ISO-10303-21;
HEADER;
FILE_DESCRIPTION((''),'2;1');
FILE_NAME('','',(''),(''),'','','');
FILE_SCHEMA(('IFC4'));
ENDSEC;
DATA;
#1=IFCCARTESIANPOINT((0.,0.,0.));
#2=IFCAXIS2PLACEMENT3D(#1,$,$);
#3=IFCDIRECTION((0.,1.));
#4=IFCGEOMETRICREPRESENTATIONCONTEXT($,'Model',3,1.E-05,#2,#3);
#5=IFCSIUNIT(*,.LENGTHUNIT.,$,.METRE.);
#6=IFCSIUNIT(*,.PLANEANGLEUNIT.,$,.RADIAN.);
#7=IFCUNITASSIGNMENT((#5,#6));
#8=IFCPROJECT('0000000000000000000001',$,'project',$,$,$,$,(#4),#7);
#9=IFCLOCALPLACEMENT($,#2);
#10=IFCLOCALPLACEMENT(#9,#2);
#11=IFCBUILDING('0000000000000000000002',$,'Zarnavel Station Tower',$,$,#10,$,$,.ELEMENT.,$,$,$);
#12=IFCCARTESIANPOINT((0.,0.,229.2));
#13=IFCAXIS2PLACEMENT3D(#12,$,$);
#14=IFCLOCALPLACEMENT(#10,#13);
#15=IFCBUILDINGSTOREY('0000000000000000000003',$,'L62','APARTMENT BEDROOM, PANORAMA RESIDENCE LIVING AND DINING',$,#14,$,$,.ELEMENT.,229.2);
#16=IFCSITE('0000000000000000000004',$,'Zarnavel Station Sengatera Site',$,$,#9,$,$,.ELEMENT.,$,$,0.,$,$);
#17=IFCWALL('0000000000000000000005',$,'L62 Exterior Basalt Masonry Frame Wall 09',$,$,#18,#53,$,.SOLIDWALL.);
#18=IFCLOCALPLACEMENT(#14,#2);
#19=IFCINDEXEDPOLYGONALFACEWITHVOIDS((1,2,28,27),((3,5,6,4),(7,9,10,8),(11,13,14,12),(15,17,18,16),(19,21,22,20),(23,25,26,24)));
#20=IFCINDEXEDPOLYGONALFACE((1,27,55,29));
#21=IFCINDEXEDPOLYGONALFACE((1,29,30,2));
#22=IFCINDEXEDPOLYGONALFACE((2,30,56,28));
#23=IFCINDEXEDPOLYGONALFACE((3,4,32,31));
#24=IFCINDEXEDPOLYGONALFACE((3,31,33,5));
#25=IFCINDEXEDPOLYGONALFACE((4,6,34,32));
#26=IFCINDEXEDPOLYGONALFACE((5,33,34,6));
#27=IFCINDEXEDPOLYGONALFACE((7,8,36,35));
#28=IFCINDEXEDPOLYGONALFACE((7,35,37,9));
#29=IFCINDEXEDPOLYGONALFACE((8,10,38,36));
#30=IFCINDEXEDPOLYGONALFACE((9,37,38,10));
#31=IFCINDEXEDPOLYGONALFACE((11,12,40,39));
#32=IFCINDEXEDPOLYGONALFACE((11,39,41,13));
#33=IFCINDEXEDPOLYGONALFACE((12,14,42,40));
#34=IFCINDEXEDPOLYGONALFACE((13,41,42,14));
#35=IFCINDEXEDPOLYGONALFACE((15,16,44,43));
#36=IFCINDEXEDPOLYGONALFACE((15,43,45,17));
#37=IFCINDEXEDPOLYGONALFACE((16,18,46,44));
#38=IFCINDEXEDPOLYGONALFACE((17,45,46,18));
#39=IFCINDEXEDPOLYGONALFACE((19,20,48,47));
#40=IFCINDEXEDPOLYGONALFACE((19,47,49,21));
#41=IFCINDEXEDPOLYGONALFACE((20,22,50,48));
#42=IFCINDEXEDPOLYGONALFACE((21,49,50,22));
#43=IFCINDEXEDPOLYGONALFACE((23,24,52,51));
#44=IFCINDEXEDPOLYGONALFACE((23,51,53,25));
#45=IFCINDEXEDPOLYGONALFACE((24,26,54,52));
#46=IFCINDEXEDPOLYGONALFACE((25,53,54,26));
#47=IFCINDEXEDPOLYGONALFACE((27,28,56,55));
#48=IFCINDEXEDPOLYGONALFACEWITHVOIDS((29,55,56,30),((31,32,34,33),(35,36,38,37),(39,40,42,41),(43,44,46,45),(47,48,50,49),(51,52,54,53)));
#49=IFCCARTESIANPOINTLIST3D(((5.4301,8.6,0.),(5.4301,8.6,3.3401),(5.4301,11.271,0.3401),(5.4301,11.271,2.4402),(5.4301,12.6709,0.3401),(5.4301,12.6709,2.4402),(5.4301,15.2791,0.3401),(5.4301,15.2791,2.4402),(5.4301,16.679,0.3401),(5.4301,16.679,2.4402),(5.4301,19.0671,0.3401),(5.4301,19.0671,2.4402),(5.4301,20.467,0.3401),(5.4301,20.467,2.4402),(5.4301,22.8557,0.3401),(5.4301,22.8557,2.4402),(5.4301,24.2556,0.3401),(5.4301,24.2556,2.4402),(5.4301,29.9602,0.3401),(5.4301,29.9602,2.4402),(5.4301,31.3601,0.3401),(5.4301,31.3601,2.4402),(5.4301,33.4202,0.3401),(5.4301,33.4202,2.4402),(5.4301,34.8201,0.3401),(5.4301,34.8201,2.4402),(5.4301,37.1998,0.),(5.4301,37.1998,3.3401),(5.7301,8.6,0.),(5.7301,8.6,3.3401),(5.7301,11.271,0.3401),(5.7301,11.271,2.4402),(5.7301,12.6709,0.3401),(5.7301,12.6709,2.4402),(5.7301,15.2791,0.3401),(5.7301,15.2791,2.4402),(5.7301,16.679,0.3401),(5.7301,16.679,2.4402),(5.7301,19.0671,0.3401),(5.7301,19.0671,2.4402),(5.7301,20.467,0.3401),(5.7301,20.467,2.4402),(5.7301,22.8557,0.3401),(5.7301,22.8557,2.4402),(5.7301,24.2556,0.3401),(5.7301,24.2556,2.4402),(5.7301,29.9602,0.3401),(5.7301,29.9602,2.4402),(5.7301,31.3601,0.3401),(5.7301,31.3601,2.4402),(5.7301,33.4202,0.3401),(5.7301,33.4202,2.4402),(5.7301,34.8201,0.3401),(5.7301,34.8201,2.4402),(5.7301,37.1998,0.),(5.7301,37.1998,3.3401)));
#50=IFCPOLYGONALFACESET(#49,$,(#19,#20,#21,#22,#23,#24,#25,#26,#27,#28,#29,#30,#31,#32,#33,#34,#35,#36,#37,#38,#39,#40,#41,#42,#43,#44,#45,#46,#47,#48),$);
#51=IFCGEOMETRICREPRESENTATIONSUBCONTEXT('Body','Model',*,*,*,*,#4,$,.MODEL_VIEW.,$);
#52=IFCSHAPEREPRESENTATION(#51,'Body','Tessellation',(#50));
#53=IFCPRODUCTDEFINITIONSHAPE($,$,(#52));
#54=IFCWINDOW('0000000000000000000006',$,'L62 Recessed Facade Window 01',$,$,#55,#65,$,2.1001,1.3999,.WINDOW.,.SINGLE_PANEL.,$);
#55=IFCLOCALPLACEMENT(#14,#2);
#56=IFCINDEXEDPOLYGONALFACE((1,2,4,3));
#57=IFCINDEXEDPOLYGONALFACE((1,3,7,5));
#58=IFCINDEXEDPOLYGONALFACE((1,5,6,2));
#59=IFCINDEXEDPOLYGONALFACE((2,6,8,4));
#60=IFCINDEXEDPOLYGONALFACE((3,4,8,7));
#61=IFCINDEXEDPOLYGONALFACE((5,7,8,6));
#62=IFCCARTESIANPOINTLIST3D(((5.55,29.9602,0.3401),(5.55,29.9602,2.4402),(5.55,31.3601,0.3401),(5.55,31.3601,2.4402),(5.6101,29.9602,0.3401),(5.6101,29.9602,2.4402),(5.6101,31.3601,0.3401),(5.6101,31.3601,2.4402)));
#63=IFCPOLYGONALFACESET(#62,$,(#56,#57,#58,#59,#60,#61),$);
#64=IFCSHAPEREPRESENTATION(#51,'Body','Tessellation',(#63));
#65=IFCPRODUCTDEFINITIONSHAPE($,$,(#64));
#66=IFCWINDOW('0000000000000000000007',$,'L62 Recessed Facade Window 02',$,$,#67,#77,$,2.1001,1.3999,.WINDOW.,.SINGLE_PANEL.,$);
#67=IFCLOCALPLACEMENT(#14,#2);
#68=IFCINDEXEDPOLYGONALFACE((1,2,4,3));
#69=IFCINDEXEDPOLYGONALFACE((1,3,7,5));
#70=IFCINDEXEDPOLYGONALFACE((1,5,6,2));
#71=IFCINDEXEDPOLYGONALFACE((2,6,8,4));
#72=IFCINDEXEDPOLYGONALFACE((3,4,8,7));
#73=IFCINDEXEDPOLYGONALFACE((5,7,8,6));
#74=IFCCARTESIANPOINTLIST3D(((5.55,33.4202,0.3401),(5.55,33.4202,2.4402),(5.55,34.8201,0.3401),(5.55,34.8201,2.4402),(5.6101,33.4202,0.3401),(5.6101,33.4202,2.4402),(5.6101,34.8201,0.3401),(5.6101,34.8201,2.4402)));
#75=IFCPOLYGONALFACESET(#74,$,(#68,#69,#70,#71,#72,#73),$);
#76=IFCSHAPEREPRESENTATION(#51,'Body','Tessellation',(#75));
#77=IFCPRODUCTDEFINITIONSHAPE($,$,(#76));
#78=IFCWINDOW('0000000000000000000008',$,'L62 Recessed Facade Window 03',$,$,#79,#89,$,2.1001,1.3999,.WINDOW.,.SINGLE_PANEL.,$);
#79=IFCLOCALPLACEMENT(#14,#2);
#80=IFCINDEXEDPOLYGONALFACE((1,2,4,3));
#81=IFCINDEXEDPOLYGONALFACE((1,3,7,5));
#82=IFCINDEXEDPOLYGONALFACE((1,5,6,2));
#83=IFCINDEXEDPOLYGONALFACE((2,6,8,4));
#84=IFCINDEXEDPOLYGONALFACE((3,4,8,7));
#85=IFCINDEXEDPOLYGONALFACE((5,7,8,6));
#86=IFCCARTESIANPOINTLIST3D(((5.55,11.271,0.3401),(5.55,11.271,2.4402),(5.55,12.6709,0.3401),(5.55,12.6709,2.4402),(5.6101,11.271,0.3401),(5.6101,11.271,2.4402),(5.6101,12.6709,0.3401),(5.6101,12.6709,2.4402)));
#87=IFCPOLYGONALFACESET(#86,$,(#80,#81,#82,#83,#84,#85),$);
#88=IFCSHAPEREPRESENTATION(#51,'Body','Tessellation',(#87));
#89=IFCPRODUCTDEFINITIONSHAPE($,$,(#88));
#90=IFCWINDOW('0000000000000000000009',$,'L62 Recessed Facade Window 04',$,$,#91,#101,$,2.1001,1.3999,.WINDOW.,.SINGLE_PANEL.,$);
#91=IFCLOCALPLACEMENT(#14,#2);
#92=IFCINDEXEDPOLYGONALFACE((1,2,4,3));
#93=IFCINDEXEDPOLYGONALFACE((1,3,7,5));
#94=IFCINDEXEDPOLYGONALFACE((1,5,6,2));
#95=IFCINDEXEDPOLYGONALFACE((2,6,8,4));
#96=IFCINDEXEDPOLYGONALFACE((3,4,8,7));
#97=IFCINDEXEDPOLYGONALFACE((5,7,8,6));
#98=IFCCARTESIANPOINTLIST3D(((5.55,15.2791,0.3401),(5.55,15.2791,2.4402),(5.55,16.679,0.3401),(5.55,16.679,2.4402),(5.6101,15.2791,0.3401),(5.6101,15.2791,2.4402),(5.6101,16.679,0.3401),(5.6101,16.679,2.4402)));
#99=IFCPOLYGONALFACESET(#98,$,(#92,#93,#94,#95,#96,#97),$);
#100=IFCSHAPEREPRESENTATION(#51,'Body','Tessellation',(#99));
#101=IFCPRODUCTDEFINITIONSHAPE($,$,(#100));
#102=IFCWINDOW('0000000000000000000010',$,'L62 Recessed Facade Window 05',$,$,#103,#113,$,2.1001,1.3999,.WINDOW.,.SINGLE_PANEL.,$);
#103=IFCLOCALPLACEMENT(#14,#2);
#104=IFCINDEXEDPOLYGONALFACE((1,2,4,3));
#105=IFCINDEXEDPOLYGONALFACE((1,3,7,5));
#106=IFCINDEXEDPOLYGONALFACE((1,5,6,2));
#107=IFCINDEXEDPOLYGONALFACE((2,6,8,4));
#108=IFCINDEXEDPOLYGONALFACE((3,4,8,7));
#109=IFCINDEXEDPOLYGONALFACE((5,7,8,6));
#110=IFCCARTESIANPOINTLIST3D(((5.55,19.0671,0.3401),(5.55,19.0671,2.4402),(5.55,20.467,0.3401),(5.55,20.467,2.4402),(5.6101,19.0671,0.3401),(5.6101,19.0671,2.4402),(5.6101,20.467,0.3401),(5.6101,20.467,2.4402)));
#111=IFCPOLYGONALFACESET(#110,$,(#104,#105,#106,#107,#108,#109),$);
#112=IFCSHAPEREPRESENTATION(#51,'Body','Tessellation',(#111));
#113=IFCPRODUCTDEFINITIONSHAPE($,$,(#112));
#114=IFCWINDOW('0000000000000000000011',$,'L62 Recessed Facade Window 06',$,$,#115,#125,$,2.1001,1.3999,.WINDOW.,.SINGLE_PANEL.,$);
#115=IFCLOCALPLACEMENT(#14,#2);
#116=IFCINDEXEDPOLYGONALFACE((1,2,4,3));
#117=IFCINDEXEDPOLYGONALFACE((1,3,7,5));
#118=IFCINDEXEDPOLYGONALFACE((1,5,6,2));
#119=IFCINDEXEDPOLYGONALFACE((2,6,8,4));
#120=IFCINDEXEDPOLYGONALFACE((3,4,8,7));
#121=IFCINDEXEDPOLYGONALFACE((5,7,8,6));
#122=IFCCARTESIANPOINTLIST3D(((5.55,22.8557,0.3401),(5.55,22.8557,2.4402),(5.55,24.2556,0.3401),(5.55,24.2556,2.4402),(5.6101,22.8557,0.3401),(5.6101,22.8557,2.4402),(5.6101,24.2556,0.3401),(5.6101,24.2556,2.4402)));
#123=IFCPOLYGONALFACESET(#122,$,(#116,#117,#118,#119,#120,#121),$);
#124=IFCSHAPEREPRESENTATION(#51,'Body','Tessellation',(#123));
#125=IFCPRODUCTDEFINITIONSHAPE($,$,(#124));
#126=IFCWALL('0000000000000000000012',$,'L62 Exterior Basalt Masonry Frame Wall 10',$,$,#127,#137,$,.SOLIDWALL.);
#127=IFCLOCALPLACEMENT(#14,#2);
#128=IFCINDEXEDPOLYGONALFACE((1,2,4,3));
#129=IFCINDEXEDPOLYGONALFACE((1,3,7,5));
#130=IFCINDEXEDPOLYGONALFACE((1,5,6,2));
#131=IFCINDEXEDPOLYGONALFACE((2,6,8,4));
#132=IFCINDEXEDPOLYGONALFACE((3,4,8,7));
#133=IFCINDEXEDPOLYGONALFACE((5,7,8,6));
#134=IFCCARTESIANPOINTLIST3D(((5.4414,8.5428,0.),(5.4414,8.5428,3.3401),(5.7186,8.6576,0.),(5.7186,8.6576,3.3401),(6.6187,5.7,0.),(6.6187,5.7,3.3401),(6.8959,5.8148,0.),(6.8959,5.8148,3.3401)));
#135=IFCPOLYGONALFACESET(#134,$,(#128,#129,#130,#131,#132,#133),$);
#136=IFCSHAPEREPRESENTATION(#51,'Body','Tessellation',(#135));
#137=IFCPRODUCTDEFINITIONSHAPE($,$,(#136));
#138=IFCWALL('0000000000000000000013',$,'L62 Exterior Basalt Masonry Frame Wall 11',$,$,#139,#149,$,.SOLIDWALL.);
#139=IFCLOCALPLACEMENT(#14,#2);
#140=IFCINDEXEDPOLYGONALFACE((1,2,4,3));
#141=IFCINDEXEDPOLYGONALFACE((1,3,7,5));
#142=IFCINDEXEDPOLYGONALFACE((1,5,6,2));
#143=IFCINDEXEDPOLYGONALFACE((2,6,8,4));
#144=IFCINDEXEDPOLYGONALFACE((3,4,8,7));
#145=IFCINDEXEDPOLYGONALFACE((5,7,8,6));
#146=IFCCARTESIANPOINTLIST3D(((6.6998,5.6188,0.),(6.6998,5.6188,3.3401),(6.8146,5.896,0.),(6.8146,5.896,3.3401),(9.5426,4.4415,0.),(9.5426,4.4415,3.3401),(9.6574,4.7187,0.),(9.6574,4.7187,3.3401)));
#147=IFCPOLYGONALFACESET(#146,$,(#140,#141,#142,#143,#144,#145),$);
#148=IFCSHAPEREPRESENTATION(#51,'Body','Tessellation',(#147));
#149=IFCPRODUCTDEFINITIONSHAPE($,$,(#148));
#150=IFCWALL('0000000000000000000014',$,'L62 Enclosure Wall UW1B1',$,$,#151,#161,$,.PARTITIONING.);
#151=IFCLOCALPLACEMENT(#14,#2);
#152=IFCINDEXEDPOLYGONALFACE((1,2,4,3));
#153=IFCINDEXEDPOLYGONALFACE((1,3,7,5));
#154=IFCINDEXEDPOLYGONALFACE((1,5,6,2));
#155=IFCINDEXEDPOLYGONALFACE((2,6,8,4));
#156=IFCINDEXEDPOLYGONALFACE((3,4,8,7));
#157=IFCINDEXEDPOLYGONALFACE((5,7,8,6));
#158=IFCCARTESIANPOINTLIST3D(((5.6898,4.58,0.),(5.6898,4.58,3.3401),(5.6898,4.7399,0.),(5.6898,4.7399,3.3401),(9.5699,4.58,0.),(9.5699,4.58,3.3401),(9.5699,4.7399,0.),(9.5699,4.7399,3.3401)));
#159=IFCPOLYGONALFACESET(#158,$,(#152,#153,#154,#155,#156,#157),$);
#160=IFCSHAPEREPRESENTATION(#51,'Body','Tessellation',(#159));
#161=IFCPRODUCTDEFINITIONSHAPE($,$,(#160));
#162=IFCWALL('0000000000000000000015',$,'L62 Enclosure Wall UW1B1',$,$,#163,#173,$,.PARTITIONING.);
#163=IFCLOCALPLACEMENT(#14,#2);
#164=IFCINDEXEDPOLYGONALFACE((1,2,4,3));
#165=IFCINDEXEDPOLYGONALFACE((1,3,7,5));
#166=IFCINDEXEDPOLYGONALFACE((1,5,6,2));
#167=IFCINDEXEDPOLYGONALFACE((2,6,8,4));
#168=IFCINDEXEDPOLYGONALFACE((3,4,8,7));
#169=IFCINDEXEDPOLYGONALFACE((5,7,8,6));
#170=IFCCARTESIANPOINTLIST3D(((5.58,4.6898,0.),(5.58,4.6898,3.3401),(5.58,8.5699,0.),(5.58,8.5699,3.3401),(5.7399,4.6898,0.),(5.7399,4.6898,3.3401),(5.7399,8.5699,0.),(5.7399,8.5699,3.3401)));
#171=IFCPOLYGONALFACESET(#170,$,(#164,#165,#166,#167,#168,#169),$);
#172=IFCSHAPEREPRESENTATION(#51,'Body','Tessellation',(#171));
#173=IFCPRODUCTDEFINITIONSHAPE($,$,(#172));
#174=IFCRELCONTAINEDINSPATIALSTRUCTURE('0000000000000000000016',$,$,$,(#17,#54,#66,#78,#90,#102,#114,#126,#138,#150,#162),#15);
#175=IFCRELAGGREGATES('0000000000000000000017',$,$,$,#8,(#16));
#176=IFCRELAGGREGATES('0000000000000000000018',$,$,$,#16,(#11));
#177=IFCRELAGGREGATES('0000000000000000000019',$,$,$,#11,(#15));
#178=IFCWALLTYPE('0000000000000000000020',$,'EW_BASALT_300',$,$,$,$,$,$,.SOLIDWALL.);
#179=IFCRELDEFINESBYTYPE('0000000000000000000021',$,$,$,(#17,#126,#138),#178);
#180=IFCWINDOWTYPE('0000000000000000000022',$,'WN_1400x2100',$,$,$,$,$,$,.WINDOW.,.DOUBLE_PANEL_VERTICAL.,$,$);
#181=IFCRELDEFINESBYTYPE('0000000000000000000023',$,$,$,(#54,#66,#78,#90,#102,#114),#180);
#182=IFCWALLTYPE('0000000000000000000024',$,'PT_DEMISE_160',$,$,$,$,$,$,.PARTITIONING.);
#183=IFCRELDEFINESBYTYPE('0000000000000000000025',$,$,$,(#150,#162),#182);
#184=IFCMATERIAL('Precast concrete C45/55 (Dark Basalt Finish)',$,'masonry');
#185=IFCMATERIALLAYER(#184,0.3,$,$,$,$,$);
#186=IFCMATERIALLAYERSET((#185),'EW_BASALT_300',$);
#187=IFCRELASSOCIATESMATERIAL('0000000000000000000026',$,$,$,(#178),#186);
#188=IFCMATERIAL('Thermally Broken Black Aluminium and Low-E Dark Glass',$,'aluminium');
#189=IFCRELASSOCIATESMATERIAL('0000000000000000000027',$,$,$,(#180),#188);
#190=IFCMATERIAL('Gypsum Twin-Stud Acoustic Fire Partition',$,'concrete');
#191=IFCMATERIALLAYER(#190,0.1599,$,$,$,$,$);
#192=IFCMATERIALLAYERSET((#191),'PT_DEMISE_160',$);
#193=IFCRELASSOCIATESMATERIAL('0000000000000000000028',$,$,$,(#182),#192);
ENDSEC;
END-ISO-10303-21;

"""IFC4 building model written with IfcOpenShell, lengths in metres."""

from ifc_helpers import new_model, si_unit, direction, frame, frame_2d, origin, place, context, subcontext, project, spatial, rectangle, extrude, material, layer, layer_set, type_object, element, fill, save


model = new_model("IFC4")

# Units and contexts
model_context = context("Model", 3, precision=1e-05, world=origin(), true_north=direction((0.0, 1.0)))
body_context = subcontext(model_context, "Body", "Model", "MODEL_VIEW")
ifc_project = project(units=[si_unit("LENGTHUNIT", "METRE"), si_unit("PLANEANGLEUNIT", "RADIAN")], contexts=[model_context])

# Site, building, storey
site_placement = place(None, origin())
site = spatial("IfcSite", under=ifc_project, at=site_placement, Name="Zarnavel Station Sengatera Site", CompositionType="ELEMENT", RefElevation=0.0)
building_placement = place(site_placement, origin())
building = spatial("IfcBuilding", under=site, at=building_placement, Name="Zarnavel Station Tower", CompositionType="ELEMENT")
storey_placement = place(building_placement, frame((0.0, 0.0, 229.2)))
storey = spatial("IfcBuildingStorey", under=building, at=storey_placement, Name="L62", Description="APARTMENT BEDROOM, PANORAMA RESIDENCE LIVING AND DINING", CompositionType="ELEMENT", Elevation=229.2)

# Wall, openings, windows
ifc_material_1 = material(Name="Precast concrete C45/55 (Dark Basalt Finish)", Category="masonry")
ifc_layer_1 = layer(ifc_material_1, 0.3)
ifc_layer_set_1 = layer_set([ifc_layer_1], Name="EW_BASALT_300")
wall_type_1 = type_object("IfcWallType", Name="EW_BASALT_300", PredefinedType="SOLIDWALL", material=ifc_layer_set_1)
wall_1_placement = place(storey_placement, frame((5.5801, 8.6001, 0.0), z_axis=(0.0, 0.0, 1.0), x_axis=(0.0, 1.0, 0.0)))
wall_1 = element("IfcWall", 1, at=wall_1_placement, inside=storey, type_object=wall_type_1, Name="L62 Exterior Basalt Masonry Frame Wall 09", PredefinedType="SOLIDWALL", context=body_context, shape_type="SweptSolid", body=[
    extrude(rectangle(XDim=28.5999, YDim=0.3, at=frame_2d((14.2998, 0.0))), origin(), (0.0, 0.0, 1.0), 3.3401),
])
opening_1_placement = place(wall_1_placement, frame((21.3601, 0.0, 0.3401)))
opening_1 = element("IfcOpeningElement", 2, at=opening_1_placement, cuts=wall_1, PredefinedType="OPENING", context=body_context, shape_type="SweptSolid", body=[
    extrude(rectangle(XDim=1.3999, YDim=2.1001, at=frame_2d((0.7, 1.05))), frame((0.0, 0.1599, 0.0), z_axis=(0.0, -1.0, 0.0), x_axis=(1.0, 0.0, 0.0)), (0.0, 0.0, 1.0), 0.3201),
])
opening_2_placement = place(wall_1_placement, frame((24.8201, 0.0, 0.3401)))
opening_2 = element("IfcOpeningElement", 3, at=opening_2_placement, cuts=wall_1, PredefinedType="OPENING", context=body_context, shape_type="SweptSolid", body=[
    extrude(rectangle(XDim=1.3999, YDim=2.1001, at=frame_2d((0.7, 1.05))), frame((0.0, 0.1599, 0.0), z_axis=(0.0, -1.0, 0.0), x_axis=(1.0, 0.0, 0.0)), (0.0, 0.0, 1.0), 0.3201),
])
opening_3_placement = place(wall_1_placement, frame((2.6709, 0.0, 0.3401)))
opening_3 = element("IfcOpeningElement", 4, at=opening_3_placement, cuts=wall_1, PredefinedType="OPENING", context=body_context, shape_type="SweptSolid", body=[
    extrude(rectangle(XDim=1.3999, YDim=2.1001, at=frame_2d((0.7, 1.05))), frame((0.0, 0.1599, 0.0), z_axis=(0.0, -1.0, 0.0), x_axis=(1.0, 0.0, 0.0)), (0.0, 0.0, 1.0), 0.3201),
])
opening_4_placement = place(wall_1_placement, frame((6.679, 0.0, 0.3401)))
opening_4 = element("IfcOpeningElement", 5, at=opening_4_placement, cuts=wall_1, PredefinedType="OPENING", context=body_context, shape_type="SweptSolid", body=[
    extrude(rectangle(XDim=1.3999, YDim=2.1001, at=frame_2d((0.7, 1.05))), frame((0.0, 0.1599, 0.0), z_axis=(0.0, -1.0, 0.0), x_axis=(1.0, 0.0, 0.0)), (0.0, 0.0, 1.0), 0.3201),
])
opening_5_placement = place(wall_1_placement, frame((10.467, 0.0, 0.3401)))
opening_5 = element("IfcOpeningElement", 6, at=opening_5_placement, cuts=wall_1, PredefinedType="OPENING", context=body_context, shape_type="SweptSolid", body=[
    extrude(rectangle(XDim=1.3999, YDim=2.1001, at=frame_2d((0.7, 1.05))), frame((0.0, 0.1599, 0.0), z_axis=(0.0, -1.0, 0.0), x_axis=(1.0, 0.0, 0.0)), (0.0, 0.0, 1.0), 0.3201),
])
opening_6_placement = place(wall_1_placement, frame((14.2556, 0.0, 0.3401)))
opening_6 = element("IfcOpeningElement", 7, at=opening_6_placement, cuts=wall_1, PredefinedType="OPENING", context=body_context, shape_type="SweptSolid", body=[
    extrude(rectangle(XDim=1.3999, YDim=2.1001, at=frame_2d((0.7, 1.05))), frame((0.0, 0.1599, 0.0), z_axis=(0.0, -1.0, 0.0), x_axis=(1.0, 0.0, 0.0)), (0.0, 0.0, 1.0), 0.3201),
])
ifc_material_2 = material(Name="Thermally Broken Black Aluminium and Low-E Dark Glass", Category="aluminium")
window_type = type_object("IfcWindowType", Name="WN_1400x2100", PartitioningType="DOUBLE_PANEL_VERTICAL", PredefinedType="WINDOW", material=ifc_material_2)
window_1_placement = place(opening_1_placement, origin())
window_1 = element("IfcWindow", 8, at=window_1_placement, inside=storey, type_object=window_type, Name="L62 Recessed Facade Window 01", OverallHeight=2.1001, OverallWidth=1.3999, PartitioningType="SINGLE_PANEL", PredefinedType="WINDOW", context=body_context, shape_type="SweptSolid", body=[
    extrude(rectangle(XDim=1.3999, YDim=2.1001, at=frame_2d((0.7, 1.05))), frame((0.0, 0.03, 0.0), z_axis=(0.0, -1.0, 0.0), x_axis=(1.0, 0.0, 0.0)), (0.0, 0.0, 1.0), 0.0601),
])
fill(opening_1, window_1)
window_2_placement = place(opening_2_placement, origin())
window_2 = element("IfcWindow", 9, at=window_2_placement, inside=storey, type_object=window_type, Name="L62 Recessed Facade Window 02", OverallHeight=2.1001, OverallWidth=1.3999, PartitioningType="SINGLE_PANEL", PredefinedType="WINDOW", context=body_context, shape_type="SweptSolid", body=[
    extrude(rectangle(XDim=1.3999, YDim=2.1001, at=frame_2d((0.7, 1.05))), frame((0.0, 0.03, 0.0), z_axis=(0.0, -1.0, 0.0), x_axis=(1.0, 0.0, 0.0)), (0.0, 0.0, 1.0), 0.0601),
])
fill(opening_2, window_2)
window_3_placement = place(opening_3_placement, origin())
window_3 = element("IfcWindow", 10, at=window_3_placement, inside=storey, type_object=window_type, Name="L62 Recessed Facade Window 03", OverallHeight=2.1001, OverallWidth=1.3999, PartitioningType="SINGLE_PANEL", PredefinedType="WINDOW", context=body_context, shape_type="SweptSolid", body=[
    extrude(rectangle(XDim=1.3999, YDim=2.1001, at=frame_2d((0.7, 1.05))), frame((0.0, 0.03, 0.0), z_axis=(0.0, -1.0, 0.0), x_axis=(1.0, 0.0, 0.0)), (0.0, 0.0, 1.0), 0.0601),
])
fill(opening_3, window_3)
window_4_placement = place(opening_4_placement, origin())
window_4 = element("IfcWindow", 11, at=window_4_placement, inside=storey, type_object=window_type, Name="L62 Recessed Facade Window 04", OverallHeight=2.1001, OverallWidth=1.3999, PartitioningType="SINGLE_PANEL", PredefinedType="WINDOW", context=body_context, shape_type="SweptSolid", body=[
    extrude(rectangle(XDim=1.3999, YDim=2.1001, at=frame_2d((0.7, 1.05))), frame((0.0, 0.03, 0.0), z_axis=(0.0, -1.0, 0.0), x_axis=(1.0, 0.0, 0.0)), (0.0, 0.0, 1.0), 0.0601),
])
fill(opening_4, window_4)
window_5_placement = place(opening_5_placement, origin())
window_5 = element("IfcWindow", 12, at=window_5_placement, inside=storey, type_object=window_type, Name="L62 Recessed Facade Window 05", OverallHeight=2.1001, OverallWidth=1.3999, PartitioningType="SINGLE_PANEL", PredefinedType="WINDOW", context=body_context, shape_type="SweptSolid", body=[
    extrude(rectangle(XDim=1.3999, YDim=2.1001, at=frame_2d((0.7, 1.05))), frame((0.0, 0.03, 0.0), z_axis=(0.0, -1.0, 0.0), x_axis=(1.0, 0.0, 0.0)), (0.0, 0.0, 1.0), 0.0601),
])
fill(opening_5, window_5)
window_6_placement = place(opening_6_placement, origin())
window_6 = element("IfcWindow", 13, at=window_6_placement, inside=storey, type_object=window_type, Name="L62 Recessed Facade Window 06", OverallHeight=2.1001, OverallWidth=1.3999, PartitioningType="SINGLE_PANEL", PredefinedType="WINDOW", context=body_context, shape_type="SweptSolid", body=[
    extrude(rectangle(XDim=1.3999, YDim=2.1001, at=frame_2d((0.7, 1.05))), frame((0.0, 0.03, 0.0), z_axis=(0.0, -1.0, 0.0), x_axis=(1.0, 0.0, 0.0)), (0.0, 0.0, 1.0), 0.0601),
])
fill(opening_6, window_6)

# Walls
for number, where, z_axis, x_axis, name in (
    (14, (6.7573, 5.7573, 0.0), (0.0, 0.0, 1.0), (-0.382609, 0.92391, 0.0), "L62 Exterior Basalt Masonry Frame Wall 10"),
    (15, (9.6001, 4.5801, 0.0), (0.0, 0.0, 1.0), (-0.92391, 0.382609, 0.0), "L62 Exterior Basalt Masonry Frame Wall 11"),
):
    element("IfcWall", number, at=place(storey_placement, frame(where, z_axis=z_axis, x_axis=x_axis)), inside=storey, type_object=wall_type_1, Name=name, PredefinedType="SOLIDWALL", context=body_context, shape_type="SweptSolid", body=[
        extrude(rectangle(XDim=3.0769, YDim=0.3, at=frame_2d((1.5386, 0.0))), origin(), (0.0, 0.0, 1.0), 3.3401),
    ])
ifc_material_3 = material(Name="Gypsum Twin-Stud Acoustic Fire Partition", Category="concrete")
ifc_layer_2 = layer(ifc_material_3, 0.1599)
ifc_layer_set_2 = layer_set([ifc_layer_2], Name="PT_DEMISE_160")
wall_type_2 = type_object("IfcWallType", Name="PT_DEMISE_160", PredefinedType="PARTITIONING", material=ifc_layer_set_2)
for number, where, z_axis, x_axis, name in (
    (16, (5.6899, 4.6599, 0.0), (0.0, 0.0, 1.0), (1.0, 0.0, 0.0), "L62 Enclosure Wall UW1B1"),
    (17, (5.6599, 4.6899, 0.0), (0.0, 0.0, 1.0), (0.0, 1.0, 0.0), "L62 Enclosure Wall UW1B1"),
):
    element("IfcWall", number, at=place(storey_placement, frame(where, z_axis=z_axis, x_axis=x_axis)), inside=storey, type_object=wall_type_2, Name=name, PredefinedType="PARTITIONING", context=body_context, shape_type="SweptSolid", body=[
        extrude(rectangle(XDim=3.8801, YDim=0.1599, at=frame_2d((1.9399, 0.0))), origin(), (0.0, 0.0, 1.0), 3.3401),
    ])

save(model, "model.ifc")
